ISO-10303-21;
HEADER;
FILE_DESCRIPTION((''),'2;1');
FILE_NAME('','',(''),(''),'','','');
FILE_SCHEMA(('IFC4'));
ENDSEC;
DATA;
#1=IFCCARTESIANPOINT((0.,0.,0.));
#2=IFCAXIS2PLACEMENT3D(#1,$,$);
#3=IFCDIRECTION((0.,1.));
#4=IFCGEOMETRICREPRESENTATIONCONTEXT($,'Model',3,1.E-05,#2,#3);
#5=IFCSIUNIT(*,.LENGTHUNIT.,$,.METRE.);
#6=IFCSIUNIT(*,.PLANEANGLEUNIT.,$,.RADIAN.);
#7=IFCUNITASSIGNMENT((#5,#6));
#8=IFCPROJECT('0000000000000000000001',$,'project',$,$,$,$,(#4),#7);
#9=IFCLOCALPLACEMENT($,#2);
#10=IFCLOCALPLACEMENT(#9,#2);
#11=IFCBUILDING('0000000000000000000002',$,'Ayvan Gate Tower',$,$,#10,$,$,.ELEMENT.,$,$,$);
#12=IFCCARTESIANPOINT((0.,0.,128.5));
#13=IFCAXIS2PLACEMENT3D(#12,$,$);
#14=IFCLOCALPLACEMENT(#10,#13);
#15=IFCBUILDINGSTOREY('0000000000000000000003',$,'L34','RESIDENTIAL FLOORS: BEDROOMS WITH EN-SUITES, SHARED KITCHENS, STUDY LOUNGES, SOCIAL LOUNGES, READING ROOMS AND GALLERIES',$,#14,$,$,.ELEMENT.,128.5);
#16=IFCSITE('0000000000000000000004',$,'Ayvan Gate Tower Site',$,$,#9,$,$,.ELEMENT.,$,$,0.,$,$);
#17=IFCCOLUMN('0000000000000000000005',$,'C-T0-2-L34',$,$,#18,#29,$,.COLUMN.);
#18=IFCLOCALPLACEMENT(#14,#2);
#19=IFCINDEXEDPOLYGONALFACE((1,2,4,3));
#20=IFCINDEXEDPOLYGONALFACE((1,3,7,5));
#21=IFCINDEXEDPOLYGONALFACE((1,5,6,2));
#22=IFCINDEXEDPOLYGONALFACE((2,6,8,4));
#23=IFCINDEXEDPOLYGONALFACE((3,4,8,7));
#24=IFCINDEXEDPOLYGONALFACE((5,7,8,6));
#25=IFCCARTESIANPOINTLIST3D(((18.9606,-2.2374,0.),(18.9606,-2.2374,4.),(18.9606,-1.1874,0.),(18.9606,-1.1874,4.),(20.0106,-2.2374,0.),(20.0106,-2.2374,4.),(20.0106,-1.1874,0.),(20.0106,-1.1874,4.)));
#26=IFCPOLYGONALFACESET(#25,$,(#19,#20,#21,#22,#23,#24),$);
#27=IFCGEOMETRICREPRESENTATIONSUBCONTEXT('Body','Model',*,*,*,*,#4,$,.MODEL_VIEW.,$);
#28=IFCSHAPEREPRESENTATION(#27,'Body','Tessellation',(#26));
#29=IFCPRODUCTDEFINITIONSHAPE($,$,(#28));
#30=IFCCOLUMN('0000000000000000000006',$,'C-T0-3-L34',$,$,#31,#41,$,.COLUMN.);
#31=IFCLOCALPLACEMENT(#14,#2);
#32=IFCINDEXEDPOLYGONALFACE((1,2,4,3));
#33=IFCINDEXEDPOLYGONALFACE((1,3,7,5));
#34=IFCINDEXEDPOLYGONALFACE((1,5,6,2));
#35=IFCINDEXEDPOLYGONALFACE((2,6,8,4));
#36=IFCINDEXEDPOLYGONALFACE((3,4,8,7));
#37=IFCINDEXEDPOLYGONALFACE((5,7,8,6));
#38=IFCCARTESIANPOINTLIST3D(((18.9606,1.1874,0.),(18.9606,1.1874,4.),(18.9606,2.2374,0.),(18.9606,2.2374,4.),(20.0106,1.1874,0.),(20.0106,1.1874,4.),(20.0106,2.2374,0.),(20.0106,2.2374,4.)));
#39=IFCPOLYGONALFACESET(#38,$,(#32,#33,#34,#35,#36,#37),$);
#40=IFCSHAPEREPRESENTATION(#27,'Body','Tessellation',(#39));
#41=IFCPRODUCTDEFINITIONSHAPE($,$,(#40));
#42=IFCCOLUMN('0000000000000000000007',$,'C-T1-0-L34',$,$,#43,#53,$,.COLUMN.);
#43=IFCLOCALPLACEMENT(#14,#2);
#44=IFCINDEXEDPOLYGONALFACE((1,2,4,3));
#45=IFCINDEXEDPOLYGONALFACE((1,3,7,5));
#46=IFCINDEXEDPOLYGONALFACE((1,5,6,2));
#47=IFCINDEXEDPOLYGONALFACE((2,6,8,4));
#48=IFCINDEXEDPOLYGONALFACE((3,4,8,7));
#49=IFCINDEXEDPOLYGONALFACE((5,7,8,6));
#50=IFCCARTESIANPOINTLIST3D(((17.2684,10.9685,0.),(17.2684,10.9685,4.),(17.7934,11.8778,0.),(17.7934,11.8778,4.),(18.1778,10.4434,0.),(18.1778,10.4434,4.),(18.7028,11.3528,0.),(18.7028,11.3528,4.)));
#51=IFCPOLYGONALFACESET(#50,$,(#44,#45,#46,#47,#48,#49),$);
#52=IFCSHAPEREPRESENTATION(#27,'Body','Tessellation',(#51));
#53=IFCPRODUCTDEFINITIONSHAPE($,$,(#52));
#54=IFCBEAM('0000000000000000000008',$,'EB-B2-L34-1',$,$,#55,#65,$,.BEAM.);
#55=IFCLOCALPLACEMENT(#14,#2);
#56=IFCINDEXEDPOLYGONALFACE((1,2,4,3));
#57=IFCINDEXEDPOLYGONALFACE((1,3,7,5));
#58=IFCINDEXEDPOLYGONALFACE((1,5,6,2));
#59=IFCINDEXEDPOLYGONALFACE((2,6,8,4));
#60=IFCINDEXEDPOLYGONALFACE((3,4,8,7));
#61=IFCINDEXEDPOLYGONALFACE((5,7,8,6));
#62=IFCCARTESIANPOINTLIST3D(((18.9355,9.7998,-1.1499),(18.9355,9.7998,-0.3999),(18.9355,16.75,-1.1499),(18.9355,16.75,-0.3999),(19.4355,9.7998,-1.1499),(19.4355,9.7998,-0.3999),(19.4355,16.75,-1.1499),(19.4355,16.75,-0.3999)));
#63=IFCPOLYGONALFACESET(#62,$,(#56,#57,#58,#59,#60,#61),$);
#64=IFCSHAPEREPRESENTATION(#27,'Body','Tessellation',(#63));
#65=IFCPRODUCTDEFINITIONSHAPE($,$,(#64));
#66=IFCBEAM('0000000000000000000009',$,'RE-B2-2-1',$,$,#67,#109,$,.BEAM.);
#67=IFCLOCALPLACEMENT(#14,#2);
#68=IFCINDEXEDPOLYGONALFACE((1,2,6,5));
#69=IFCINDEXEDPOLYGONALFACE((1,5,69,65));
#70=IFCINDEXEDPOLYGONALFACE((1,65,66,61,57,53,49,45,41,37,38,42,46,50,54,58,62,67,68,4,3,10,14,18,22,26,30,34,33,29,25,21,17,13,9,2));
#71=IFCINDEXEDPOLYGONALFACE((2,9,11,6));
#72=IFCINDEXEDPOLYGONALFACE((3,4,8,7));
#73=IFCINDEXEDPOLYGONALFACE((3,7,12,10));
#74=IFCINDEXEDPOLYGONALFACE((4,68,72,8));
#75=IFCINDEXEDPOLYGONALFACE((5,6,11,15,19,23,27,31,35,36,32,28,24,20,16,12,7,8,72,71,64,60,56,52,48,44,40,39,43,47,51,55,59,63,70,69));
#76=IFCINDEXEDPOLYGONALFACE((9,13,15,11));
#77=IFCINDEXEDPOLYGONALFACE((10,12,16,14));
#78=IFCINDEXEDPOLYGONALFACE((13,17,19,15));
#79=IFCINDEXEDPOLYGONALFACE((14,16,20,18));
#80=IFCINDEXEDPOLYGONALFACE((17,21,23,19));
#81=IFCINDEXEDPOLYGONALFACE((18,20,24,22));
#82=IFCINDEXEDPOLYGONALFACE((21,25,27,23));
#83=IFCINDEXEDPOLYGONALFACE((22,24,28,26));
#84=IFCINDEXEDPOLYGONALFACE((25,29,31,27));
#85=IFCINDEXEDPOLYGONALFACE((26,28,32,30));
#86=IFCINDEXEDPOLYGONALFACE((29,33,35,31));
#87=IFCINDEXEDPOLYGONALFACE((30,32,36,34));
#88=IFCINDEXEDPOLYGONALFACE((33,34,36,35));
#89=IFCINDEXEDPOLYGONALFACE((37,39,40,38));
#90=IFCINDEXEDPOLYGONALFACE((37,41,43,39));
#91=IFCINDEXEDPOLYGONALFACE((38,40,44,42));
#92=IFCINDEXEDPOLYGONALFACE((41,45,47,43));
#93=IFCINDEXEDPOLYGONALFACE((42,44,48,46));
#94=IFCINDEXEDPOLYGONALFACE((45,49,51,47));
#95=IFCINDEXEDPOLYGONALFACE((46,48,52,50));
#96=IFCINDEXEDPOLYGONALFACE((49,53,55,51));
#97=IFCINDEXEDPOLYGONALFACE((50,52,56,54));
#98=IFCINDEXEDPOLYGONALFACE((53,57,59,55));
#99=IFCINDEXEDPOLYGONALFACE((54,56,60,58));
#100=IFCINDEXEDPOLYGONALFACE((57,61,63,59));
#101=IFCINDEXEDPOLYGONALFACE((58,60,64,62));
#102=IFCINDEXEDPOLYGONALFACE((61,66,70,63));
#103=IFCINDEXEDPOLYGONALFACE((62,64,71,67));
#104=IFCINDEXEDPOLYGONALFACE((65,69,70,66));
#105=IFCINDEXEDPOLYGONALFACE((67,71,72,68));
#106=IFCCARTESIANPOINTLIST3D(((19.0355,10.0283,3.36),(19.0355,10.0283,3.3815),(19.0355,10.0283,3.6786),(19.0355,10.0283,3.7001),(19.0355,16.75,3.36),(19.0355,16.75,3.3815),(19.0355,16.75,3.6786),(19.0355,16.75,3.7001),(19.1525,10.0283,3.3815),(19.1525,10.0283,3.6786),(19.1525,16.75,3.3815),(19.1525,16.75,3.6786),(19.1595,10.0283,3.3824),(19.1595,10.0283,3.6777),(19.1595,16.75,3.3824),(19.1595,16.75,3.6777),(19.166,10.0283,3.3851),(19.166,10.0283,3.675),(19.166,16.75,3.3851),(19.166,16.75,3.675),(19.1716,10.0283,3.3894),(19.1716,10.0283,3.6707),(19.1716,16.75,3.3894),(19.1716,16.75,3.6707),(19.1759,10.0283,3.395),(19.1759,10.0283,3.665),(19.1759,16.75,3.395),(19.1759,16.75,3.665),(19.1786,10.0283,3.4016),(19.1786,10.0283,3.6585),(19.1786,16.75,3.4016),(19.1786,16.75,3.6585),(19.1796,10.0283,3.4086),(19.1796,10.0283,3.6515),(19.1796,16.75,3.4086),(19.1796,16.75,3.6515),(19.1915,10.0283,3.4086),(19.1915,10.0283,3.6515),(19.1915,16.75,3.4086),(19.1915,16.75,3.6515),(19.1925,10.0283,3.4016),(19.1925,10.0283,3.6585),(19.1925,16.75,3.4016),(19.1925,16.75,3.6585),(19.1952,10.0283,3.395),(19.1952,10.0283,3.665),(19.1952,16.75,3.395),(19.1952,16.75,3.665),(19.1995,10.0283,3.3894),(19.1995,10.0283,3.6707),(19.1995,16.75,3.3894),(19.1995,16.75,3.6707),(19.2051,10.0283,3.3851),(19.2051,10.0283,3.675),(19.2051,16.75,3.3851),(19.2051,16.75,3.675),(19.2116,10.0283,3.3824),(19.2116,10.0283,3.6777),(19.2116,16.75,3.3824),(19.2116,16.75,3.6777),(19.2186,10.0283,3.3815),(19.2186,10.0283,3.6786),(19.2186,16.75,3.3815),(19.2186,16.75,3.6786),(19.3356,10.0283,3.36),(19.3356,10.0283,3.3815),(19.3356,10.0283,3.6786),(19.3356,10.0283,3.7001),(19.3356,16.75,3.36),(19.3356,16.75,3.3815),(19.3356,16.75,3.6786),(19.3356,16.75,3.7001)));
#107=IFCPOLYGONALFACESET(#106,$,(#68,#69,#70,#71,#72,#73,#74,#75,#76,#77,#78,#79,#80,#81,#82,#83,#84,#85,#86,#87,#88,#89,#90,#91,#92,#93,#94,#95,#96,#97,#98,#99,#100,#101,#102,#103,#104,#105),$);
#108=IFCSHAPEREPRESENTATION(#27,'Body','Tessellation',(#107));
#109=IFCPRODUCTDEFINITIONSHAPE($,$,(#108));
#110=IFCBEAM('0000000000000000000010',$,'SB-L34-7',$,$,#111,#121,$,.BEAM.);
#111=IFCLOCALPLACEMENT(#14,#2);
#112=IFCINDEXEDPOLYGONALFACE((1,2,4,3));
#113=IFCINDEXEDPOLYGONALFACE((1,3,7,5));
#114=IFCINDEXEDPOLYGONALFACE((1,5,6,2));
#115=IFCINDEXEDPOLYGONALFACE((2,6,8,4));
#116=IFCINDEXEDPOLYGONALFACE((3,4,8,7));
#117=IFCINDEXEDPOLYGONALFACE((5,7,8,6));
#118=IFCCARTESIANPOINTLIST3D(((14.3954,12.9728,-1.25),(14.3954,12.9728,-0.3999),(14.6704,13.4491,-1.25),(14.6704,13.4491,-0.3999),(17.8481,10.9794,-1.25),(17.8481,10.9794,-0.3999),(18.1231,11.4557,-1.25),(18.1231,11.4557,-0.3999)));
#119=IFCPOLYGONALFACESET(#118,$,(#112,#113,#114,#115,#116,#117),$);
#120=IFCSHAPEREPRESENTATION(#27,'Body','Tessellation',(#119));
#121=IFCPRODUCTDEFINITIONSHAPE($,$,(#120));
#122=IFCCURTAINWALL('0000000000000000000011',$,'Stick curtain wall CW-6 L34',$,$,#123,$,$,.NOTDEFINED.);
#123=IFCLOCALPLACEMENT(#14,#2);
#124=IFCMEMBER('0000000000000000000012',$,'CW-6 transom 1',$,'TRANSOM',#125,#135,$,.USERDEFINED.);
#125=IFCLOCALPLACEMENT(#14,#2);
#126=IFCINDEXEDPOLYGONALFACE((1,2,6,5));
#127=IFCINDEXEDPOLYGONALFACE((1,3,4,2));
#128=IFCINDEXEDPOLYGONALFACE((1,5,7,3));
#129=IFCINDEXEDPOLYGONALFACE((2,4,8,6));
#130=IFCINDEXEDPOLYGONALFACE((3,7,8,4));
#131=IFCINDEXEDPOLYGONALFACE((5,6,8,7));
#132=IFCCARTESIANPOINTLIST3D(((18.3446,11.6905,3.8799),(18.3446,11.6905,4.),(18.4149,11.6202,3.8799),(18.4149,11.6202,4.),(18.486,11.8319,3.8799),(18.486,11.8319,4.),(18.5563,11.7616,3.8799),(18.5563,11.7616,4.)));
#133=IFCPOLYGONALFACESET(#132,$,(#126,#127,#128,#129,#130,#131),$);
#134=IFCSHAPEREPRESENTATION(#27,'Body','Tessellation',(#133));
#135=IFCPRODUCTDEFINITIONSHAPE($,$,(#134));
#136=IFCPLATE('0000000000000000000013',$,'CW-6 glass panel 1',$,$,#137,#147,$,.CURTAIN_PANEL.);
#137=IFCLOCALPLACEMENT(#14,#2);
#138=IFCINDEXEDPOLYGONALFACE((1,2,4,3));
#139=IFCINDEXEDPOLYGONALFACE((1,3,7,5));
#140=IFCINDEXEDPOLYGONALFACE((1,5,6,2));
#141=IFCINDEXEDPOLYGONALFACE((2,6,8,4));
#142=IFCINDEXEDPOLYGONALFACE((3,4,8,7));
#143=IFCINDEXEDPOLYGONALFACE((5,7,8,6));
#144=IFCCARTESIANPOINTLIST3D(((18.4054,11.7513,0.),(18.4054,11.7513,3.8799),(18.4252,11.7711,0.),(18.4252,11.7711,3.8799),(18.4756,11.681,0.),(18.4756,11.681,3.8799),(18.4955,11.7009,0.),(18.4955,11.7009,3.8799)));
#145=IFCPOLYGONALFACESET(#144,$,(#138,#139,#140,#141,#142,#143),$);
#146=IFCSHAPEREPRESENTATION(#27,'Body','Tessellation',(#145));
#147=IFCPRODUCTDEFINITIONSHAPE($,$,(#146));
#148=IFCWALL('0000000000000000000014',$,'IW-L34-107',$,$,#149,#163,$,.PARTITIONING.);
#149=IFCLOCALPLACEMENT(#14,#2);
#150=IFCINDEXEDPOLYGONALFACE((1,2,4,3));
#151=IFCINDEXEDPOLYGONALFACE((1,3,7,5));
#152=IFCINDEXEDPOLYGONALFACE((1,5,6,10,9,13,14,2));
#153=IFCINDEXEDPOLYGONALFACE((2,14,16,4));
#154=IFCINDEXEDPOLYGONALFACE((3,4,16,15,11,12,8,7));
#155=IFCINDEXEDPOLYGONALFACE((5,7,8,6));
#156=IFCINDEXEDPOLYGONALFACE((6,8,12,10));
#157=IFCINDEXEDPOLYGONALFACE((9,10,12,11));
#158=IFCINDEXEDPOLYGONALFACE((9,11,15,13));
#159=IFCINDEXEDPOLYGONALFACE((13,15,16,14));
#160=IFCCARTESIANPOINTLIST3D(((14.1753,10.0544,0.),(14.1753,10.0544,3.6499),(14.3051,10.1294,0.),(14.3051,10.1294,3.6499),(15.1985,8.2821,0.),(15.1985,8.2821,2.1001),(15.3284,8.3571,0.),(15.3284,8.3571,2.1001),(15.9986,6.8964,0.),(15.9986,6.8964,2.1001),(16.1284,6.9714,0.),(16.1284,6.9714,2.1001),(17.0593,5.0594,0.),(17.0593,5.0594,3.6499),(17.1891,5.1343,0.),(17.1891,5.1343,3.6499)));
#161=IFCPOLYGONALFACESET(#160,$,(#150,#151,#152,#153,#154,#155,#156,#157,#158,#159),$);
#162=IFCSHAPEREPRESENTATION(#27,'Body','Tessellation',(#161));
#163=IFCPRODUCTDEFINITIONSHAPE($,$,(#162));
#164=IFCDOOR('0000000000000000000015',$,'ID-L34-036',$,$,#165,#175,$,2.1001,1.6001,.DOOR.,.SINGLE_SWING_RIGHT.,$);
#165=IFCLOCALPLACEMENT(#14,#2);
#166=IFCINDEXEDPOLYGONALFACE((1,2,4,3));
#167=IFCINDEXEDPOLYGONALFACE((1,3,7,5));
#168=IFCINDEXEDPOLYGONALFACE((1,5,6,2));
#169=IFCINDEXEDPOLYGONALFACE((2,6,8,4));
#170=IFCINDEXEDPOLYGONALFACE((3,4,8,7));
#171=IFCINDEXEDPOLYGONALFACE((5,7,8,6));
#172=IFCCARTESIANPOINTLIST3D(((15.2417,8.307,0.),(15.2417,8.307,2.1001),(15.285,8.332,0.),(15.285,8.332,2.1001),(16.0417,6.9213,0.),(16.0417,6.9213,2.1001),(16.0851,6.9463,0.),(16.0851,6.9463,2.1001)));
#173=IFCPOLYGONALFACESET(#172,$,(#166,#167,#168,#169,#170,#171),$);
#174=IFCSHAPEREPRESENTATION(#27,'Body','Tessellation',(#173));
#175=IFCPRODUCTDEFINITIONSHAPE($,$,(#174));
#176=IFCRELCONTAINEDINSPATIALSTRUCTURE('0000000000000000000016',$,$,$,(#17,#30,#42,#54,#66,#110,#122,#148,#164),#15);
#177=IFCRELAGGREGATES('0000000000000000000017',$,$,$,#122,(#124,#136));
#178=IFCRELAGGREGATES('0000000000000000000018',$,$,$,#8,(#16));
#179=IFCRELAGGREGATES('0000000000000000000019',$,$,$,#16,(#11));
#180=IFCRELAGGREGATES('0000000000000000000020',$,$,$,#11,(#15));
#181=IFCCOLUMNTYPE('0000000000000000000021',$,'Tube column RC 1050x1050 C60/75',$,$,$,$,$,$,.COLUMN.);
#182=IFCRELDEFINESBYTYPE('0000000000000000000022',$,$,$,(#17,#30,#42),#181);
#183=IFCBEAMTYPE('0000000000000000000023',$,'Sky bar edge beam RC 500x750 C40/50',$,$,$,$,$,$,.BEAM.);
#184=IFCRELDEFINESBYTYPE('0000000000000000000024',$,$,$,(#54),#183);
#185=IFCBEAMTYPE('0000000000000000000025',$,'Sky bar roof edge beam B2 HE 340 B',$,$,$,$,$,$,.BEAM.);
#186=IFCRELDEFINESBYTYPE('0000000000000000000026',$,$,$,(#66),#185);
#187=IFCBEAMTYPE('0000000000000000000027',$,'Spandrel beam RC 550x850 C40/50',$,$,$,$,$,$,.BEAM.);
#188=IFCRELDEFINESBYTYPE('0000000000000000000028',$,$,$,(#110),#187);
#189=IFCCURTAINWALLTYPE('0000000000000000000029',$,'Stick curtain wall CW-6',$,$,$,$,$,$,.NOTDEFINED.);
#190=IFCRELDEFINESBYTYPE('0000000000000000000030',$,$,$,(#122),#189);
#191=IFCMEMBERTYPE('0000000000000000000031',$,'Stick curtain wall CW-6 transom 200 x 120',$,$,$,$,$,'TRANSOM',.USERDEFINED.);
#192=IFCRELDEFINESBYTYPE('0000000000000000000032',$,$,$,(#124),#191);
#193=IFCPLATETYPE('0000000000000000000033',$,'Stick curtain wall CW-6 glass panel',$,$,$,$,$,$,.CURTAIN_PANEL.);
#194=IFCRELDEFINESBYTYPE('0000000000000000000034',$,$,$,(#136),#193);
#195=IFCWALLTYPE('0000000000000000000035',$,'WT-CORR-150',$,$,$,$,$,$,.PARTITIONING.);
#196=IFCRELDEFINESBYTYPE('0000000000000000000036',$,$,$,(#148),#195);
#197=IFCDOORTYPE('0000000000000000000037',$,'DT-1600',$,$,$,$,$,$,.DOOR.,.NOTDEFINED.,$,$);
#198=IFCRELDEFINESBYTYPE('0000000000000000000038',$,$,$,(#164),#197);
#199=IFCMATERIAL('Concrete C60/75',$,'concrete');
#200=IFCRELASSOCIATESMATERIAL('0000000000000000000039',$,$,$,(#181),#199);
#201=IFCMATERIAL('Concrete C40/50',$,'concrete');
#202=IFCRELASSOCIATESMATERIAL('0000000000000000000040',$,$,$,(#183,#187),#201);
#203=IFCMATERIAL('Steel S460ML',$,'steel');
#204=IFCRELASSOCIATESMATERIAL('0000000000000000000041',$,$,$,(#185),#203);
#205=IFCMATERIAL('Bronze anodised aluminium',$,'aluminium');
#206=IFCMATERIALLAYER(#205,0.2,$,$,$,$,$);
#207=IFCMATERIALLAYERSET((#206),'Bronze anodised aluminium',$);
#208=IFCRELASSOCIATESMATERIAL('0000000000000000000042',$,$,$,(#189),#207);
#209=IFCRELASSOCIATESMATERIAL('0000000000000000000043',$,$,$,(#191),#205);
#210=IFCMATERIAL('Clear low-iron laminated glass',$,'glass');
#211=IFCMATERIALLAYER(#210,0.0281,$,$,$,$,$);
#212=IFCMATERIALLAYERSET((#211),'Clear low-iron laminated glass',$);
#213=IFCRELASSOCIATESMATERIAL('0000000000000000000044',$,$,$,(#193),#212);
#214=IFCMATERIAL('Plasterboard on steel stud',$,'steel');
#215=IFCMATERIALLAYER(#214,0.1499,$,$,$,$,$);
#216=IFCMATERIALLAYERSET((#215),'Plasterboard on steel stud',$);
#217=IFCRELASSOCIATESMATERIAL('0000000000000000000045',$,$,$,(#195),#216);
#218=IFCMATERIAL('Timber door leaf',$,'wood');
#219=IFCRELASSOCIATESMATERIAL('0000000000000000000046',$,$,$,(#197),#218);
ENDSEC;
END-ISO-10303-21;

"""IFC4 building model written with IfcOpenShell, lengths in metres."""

from ifc_helpers import new_model, si_unit, direction, frame, frame_2d, origin, origin_2d, place, context, subcontext, project, spatial, rectangle, i_section, extrude, material, layer, layer_set, material_profile, profile_set, type_object, element, fill, aggregate, save


model = new_model("IFC4")

# Units and contexts
model_context = context("Model", 3, precision=1e-05, world=origin(), true_north=direction((0.0, 1.0)))
body_context = subcontext(model_context, "Body", "Model", "MODEL_VIEW")
ifc_project = project(units=[si_unit("LENGTHUNIT", "METRE"), si_unit("PLANEANGLEUNIT", "RADIAN")], contexts=[model_context])

# Site, building, storey
site_placement = place(None, origin())
site = spatial("IfcSite", under=ifc_project, at=site_placement, Name="Ayvan Gate Tower Site", CompositionType="ELEMENT", RefElevation=0.0)
building_placement = place(site_placement, origin())
building = spatial("IfcBuilding", under=site, at=building_placement, Name="Ayvan Gate Tower", CompositionType="ELEMENT")
storey_placement = place(building_placement, frame((0.0, 0.0, 128.5)))
storey = spatial("IfcBuildingStorey", under=building, at=storey_placement, Name="L34", Description="RESIDENTIAL FLOORS: BEDROOMS WITH EN-SUITES, SHARED KITCHENS, STUDY LOUNGES, SOCIAL LOUNGES, READING ROOMS AND GALLERIES", CompositionType="ELEMENT", Elevation=128.5)

# Columns
ifc_material_1 = material(Name="Concrete C60/75", Category="concrete")
ifc_material_profile_1 = material_profile(ifc_material_1, rectangle(XDim=1.05, YDim=1.05, at=origin_2d()), Name="RC 1050x1050")
ifc_profile_set_1 = profile_set([ifc_material_profile_1], Name="Concrete C60/75")
column_type = type_object("IfcColumnType", Name="Tube column RC 1050x1050 C60/75", PredefinedType="COLUMN", material=ifc_profile_set_1)
for number, where, z_axis, x_axis, name in (
    (1, (19.4856, -1.7124, 0.0), (0.0, 0.0, 1.0), (1.0, 0.0, 0.0), "C-T0-2-L34"),
    (2, (19.4856, 1.7124, 0.0), (0.0, 0.0, 1.0), (1.0, 0.0, 0.0), "C-T0-3-L34"),
    (3, (17.9856, 11.1606, 0.0), (0.0, 0.0, 1.0), (0.5, 0.866025, 0.0), "C-T1-0-L34"),
):
    element("IfcColumn", number, at=place(storey_placement, frame(where, z_axis=z_axis, x_axis=x_axis)), inside=storey, type_object=column_type, Name=name, PredefinedType="COLUMN", context=body_context, shape_type="SweptSolid", body=[
        extrude(rectangle(XDim=1.05, YDim=1.05, at=origin_2d()), origin(), (0.0, 0.0, 1.0), 4.0),
    ])

# Beams
ifc_material_2 = material(Name="Concrete C40/50", Category="concrete")
ifc_material_profile_2 = material_profile(ifc_material_2, rectangle(XDim=0.5, YDim=0.75, at=origin_2d()), Name="RC 500x750")
ifc_profile_set_2 = profile_set([ifc_material_profile_2], Name="Concrete C40/50")
beam_type_1 = type_object("IfcBeamType", Name="Sky bar edge beam RC 500x750 C40/50", PredefinedType="BEAM", material=ifc_profile_set_2)
beam_1_placement = place(storey_placement, frame((19.1855, 9.7998, -0.7749), z_axis=(0.0, 1.0, 0.0), x_axis=(-1.0, 0.0, 0.0)))
element("IfcBeam", 4, at=beam_1_placement, inside=storey, type_object=beam_type_1, Name="EB-B2-L34-1", PredefinedType="BEAM", context=body_context, shape_type="SweptSolid", body=[
    extrude(rectangle(XDim=0.5, YDim=0.75, at=origin_2d()), origin(), (0.0, 0.0, 1.0), 6.9502),
])
ifc_material_3 = material(Name="Steel S460ML", Category="steel")
ifc_material_profile_3 = material_profile(ifc_material_3, i_section(OverallWidth=0.3, OverallDepth=0.3401, WebThickness=0.012, FlangeThickness=0.0215, FilletRadius=0.0271, at=origin_2d()), Name="HE 340 B")
ifc_profile_set_3 = profile_set([ifc_material_profile_3], Name="Steel S460ML")
beam_type_2 = type_object("IfcBeamType", Name="Sky bar roof edge beam B2 HE 340 B", PredefinedType="BEAM", material=ifc_profile_set_3)
beam_2_placement = place(storey_placement, frame((19.1855, 10.0283, 3.53), z_axis=(0.0, 1.0, 0.0), x_axis=(-1.0, 0.0, 0.0)))
element("IfcBeam", 5, at=beam_2_placement, inside=storey, type_object=beam_type_2, Name="RE-B2-2-1", PredefinedType="BEAM", context=body_context, shape_type="SweptSolid", body=[
    extrude(i_section(OverallWidth=0.3, OverallDepth=0.3401, WebThickness=0.012, FlangeThickness=0.0215, FilletRadius=0.0271, at=origin_2d()), origin(), (0.0, 0.0, 1.0), 6.7217),
])
ifc_material_profile_4 = material_profile(ifc_material_2, rectangle(XDim=0.55, YDim=0.8501, at=origin_2d()), Name="RC 550x850")
ifc_profile_set_4 = profile_set([ifc_material_profile_4], Name="Concrete C40/50")
beam_type_3 = type_object("IfcBeamType", Name="Spandrel beam RC 550x850 C40/50", PredefinedType="BEAM", material=ifc_profile_set_4)
beam_3_placement = place(storey_placement, frame((17.9856, 11.2175, -0.825), z_axis=(-0.866022, 0.500005, 0.0), x_axis=(-0.500005, -0.866022, 0.0)))
element("IfcBeam", 6, at=beam_3_placement, inside=storey, type_object=beam_type_3, Name="SB-L34-7", PredefinedType="BEAM", context=body_context, shape_type="SweptSolid", body=[
    extrude(rectangle(XDim=0.55, YDim=0.8501, at=origin_2d()), origin(), (0.0, 0.0, 1.0), 3.9868),
])

# Curtain wall, member, plate
ifc_material_4 = material(Name="Bronze anodised aluminium", Category="aluminium")
ifc_layer_1 = layer(ifc_material_4, 0.2)
ifc_layer_set_1 = layer_set([ifc_layer_1], Name="Bronze anodised aluminium")
curtain_wall_type = type_object("IfcCurtainWallType", Name="Stick curtain wall CW-6", PredefinedType="NOTDEFINED", material=ifc_layer_set_1)
curtain_wall_placement = place(storey_placement, origin())
curtain_wall = element("IfcCurtainWall", 7, at=curtain_wall_placement, inside=storey, type_object=curtain_wall_type, Name="Stick curtain wall CW-6 L34", PredefinedType="NOTDEFINED")
ifc_material_profile_5 = material_profile(ifc_material_4, rectangle(XDim=0.2, YDim=0.1201, at=origin_2d()), Name="Stick curtain wall CW-6 transom 200 x 120")
ifc_profile_set_5 = profile_set([ifc_material_profile_5], Name="Bronze anodised aluminium")
member_type = type_object("IfcMemberType", Name="Stick curtain wall CW-6 transom 200 x 120", ElementType="TRANSOM", PredefinedType="USERDEFINED", material=ifc_profile_set_5)
member_placement = place(storey_placement, frame((18.4856, 11.6909, 3.9399), z_axis=(-0.707107, 0.707107, 0.0), x_axis=(-0.707107, -0.707107, 0.0)))
member = element("IfcMember", 8, at=member_placement, type_object=member_type, Name="CW-6 transom 1", ObjectType="TRANSOM", PredefinedType="USERDEFINED", context=body_context, shape_type="SweptSolid", body=[
    extrude(rectangle(XDim=0.2, YDim=0.1201, at=origin_2d()), origin(), (0.0, 0.0, 1.0), 0.0994),
])
ifc_material_5 = material(Name="Clear low-iron laminated glass", Category="glass")
ifc_layer_2 = layer(ifc_material_5, 0.0281)
ifc_layer_set_2 = layer_set([ifc_layer_2], Name="Clear low-iron laminated glass")
plate_type = type_object("IfcPlateType", Name="Stick curtain wall CW-6 glass panel", PredefinedType="CURTAIN_PANEL", material=ifc_layer_set_2)
plate_placement = place(storey_placement, frame((18.4504, 11.7261, 0.0), z_axis=(0.0, 0.0, 1.0), x_axis=(-0.707107, 0.707107, 0.0)))
plate = element("IfcPlate", 9, at=plate_placement, type_object=plate_type, Name="CW-6 glass panel 1", PredefinedType="CURTAIN_PANEL", context=body_context, shape_type="SweptSolid", body=[
    extrude(rectangle(XDim=0.0994, YDim=0.0281, at=origin_2d()), origin(), (0.0, 0.0, 1.0), 3.8799),
])
aggregate(curtain_wall, [member, plate])

# Wall, opening, door
ifc_material_6 = material(Name="Plasterboard on steel stud", Category="steel")
ifc_layer_3 = layer(ifc_material_6, 0.1499)
ifc_layer_set_3 = layer_set([ifc_layer_3], Name="Plasterboard on steel stud")
wall_type_1 = type_object("IfcWallType", Name="WT-CORR-150", PredefinedType="PARTITIONING", material=ifc_layer_set_3)
wall_1_placement = place(storey_placement, frame((14.2402, 10.0918, 0.0), z_axis=(0.0, 0.0, 1.0), x_axis=(0.500013, -0.866018, 0.0)))
wall_1 = element("IfcWall", 10, at=wall_1_placement, inside=storey, type_object=wall_type_1, Name="IW-L34-107", PredefinedType="PARTITIONING", context=body_context, shape_type="SweptSolid", body=[
    extrude(rectangle(XDim=5.7678, YDim=0.1499, at=frame_2d((2.8838, 0.0))), origin(), (0.0, 0.0, 1.0), 3.6499),
])
opening_placement = place(wall_1_placement, frame((2.0464, 0.0, 0.0)))
opening = element("IfcOpeningElement", 11, at=opening_placement, cuts=wall_1, PredefinedType="OPENING", context=body_context, shape_type="SweptSolid", body=[
    extrude(rectangle(XDim=1.6001, YDim=2.1001, at=frame_2d((0.8, 1.05))), frame((0.0, 0.085, 0.0), z_axis=(0.0, -1.0, 0.0), x_axis=(1.0, 0.0, 0.0)), (0.0, 0.0, 1.0), 0.1699),
])
ifc_material_7 = material(Name="Timber door leaf", Category="wood")
door_type = type_object("IfcDoorType", Name="DT-1600", OperationType="NOTDEFINED", PredefinedType="DOOR", material=ifc_material_7)
door_placement = place(opening_placement, origin())
door = element("IfcDoor", 12, at=door_placement, inside=storey, type_object=door_type, Name="ID-L34-036", OperationType="SINGLE_SWING_RIGHT", OverallHeight=2.1001, OverallWidth=1.6001, PredefinedType="DOOR", context=body_context, shape_type="SweptSolid", body=[
    extrude(rectangle(XDim=1.6001, YDim=2.1001, at=frame_2d((0.8, 1.05))), frame((0.0, 0.0249, 0.0), z_axis=(0.0, -1.0, 0.0), x_axis=(1.0, 0.0, 0.0)), (0.0, 0.0, 1.0), 0.05),
])
fill(opening, door)

save(model, "model.ifc")
